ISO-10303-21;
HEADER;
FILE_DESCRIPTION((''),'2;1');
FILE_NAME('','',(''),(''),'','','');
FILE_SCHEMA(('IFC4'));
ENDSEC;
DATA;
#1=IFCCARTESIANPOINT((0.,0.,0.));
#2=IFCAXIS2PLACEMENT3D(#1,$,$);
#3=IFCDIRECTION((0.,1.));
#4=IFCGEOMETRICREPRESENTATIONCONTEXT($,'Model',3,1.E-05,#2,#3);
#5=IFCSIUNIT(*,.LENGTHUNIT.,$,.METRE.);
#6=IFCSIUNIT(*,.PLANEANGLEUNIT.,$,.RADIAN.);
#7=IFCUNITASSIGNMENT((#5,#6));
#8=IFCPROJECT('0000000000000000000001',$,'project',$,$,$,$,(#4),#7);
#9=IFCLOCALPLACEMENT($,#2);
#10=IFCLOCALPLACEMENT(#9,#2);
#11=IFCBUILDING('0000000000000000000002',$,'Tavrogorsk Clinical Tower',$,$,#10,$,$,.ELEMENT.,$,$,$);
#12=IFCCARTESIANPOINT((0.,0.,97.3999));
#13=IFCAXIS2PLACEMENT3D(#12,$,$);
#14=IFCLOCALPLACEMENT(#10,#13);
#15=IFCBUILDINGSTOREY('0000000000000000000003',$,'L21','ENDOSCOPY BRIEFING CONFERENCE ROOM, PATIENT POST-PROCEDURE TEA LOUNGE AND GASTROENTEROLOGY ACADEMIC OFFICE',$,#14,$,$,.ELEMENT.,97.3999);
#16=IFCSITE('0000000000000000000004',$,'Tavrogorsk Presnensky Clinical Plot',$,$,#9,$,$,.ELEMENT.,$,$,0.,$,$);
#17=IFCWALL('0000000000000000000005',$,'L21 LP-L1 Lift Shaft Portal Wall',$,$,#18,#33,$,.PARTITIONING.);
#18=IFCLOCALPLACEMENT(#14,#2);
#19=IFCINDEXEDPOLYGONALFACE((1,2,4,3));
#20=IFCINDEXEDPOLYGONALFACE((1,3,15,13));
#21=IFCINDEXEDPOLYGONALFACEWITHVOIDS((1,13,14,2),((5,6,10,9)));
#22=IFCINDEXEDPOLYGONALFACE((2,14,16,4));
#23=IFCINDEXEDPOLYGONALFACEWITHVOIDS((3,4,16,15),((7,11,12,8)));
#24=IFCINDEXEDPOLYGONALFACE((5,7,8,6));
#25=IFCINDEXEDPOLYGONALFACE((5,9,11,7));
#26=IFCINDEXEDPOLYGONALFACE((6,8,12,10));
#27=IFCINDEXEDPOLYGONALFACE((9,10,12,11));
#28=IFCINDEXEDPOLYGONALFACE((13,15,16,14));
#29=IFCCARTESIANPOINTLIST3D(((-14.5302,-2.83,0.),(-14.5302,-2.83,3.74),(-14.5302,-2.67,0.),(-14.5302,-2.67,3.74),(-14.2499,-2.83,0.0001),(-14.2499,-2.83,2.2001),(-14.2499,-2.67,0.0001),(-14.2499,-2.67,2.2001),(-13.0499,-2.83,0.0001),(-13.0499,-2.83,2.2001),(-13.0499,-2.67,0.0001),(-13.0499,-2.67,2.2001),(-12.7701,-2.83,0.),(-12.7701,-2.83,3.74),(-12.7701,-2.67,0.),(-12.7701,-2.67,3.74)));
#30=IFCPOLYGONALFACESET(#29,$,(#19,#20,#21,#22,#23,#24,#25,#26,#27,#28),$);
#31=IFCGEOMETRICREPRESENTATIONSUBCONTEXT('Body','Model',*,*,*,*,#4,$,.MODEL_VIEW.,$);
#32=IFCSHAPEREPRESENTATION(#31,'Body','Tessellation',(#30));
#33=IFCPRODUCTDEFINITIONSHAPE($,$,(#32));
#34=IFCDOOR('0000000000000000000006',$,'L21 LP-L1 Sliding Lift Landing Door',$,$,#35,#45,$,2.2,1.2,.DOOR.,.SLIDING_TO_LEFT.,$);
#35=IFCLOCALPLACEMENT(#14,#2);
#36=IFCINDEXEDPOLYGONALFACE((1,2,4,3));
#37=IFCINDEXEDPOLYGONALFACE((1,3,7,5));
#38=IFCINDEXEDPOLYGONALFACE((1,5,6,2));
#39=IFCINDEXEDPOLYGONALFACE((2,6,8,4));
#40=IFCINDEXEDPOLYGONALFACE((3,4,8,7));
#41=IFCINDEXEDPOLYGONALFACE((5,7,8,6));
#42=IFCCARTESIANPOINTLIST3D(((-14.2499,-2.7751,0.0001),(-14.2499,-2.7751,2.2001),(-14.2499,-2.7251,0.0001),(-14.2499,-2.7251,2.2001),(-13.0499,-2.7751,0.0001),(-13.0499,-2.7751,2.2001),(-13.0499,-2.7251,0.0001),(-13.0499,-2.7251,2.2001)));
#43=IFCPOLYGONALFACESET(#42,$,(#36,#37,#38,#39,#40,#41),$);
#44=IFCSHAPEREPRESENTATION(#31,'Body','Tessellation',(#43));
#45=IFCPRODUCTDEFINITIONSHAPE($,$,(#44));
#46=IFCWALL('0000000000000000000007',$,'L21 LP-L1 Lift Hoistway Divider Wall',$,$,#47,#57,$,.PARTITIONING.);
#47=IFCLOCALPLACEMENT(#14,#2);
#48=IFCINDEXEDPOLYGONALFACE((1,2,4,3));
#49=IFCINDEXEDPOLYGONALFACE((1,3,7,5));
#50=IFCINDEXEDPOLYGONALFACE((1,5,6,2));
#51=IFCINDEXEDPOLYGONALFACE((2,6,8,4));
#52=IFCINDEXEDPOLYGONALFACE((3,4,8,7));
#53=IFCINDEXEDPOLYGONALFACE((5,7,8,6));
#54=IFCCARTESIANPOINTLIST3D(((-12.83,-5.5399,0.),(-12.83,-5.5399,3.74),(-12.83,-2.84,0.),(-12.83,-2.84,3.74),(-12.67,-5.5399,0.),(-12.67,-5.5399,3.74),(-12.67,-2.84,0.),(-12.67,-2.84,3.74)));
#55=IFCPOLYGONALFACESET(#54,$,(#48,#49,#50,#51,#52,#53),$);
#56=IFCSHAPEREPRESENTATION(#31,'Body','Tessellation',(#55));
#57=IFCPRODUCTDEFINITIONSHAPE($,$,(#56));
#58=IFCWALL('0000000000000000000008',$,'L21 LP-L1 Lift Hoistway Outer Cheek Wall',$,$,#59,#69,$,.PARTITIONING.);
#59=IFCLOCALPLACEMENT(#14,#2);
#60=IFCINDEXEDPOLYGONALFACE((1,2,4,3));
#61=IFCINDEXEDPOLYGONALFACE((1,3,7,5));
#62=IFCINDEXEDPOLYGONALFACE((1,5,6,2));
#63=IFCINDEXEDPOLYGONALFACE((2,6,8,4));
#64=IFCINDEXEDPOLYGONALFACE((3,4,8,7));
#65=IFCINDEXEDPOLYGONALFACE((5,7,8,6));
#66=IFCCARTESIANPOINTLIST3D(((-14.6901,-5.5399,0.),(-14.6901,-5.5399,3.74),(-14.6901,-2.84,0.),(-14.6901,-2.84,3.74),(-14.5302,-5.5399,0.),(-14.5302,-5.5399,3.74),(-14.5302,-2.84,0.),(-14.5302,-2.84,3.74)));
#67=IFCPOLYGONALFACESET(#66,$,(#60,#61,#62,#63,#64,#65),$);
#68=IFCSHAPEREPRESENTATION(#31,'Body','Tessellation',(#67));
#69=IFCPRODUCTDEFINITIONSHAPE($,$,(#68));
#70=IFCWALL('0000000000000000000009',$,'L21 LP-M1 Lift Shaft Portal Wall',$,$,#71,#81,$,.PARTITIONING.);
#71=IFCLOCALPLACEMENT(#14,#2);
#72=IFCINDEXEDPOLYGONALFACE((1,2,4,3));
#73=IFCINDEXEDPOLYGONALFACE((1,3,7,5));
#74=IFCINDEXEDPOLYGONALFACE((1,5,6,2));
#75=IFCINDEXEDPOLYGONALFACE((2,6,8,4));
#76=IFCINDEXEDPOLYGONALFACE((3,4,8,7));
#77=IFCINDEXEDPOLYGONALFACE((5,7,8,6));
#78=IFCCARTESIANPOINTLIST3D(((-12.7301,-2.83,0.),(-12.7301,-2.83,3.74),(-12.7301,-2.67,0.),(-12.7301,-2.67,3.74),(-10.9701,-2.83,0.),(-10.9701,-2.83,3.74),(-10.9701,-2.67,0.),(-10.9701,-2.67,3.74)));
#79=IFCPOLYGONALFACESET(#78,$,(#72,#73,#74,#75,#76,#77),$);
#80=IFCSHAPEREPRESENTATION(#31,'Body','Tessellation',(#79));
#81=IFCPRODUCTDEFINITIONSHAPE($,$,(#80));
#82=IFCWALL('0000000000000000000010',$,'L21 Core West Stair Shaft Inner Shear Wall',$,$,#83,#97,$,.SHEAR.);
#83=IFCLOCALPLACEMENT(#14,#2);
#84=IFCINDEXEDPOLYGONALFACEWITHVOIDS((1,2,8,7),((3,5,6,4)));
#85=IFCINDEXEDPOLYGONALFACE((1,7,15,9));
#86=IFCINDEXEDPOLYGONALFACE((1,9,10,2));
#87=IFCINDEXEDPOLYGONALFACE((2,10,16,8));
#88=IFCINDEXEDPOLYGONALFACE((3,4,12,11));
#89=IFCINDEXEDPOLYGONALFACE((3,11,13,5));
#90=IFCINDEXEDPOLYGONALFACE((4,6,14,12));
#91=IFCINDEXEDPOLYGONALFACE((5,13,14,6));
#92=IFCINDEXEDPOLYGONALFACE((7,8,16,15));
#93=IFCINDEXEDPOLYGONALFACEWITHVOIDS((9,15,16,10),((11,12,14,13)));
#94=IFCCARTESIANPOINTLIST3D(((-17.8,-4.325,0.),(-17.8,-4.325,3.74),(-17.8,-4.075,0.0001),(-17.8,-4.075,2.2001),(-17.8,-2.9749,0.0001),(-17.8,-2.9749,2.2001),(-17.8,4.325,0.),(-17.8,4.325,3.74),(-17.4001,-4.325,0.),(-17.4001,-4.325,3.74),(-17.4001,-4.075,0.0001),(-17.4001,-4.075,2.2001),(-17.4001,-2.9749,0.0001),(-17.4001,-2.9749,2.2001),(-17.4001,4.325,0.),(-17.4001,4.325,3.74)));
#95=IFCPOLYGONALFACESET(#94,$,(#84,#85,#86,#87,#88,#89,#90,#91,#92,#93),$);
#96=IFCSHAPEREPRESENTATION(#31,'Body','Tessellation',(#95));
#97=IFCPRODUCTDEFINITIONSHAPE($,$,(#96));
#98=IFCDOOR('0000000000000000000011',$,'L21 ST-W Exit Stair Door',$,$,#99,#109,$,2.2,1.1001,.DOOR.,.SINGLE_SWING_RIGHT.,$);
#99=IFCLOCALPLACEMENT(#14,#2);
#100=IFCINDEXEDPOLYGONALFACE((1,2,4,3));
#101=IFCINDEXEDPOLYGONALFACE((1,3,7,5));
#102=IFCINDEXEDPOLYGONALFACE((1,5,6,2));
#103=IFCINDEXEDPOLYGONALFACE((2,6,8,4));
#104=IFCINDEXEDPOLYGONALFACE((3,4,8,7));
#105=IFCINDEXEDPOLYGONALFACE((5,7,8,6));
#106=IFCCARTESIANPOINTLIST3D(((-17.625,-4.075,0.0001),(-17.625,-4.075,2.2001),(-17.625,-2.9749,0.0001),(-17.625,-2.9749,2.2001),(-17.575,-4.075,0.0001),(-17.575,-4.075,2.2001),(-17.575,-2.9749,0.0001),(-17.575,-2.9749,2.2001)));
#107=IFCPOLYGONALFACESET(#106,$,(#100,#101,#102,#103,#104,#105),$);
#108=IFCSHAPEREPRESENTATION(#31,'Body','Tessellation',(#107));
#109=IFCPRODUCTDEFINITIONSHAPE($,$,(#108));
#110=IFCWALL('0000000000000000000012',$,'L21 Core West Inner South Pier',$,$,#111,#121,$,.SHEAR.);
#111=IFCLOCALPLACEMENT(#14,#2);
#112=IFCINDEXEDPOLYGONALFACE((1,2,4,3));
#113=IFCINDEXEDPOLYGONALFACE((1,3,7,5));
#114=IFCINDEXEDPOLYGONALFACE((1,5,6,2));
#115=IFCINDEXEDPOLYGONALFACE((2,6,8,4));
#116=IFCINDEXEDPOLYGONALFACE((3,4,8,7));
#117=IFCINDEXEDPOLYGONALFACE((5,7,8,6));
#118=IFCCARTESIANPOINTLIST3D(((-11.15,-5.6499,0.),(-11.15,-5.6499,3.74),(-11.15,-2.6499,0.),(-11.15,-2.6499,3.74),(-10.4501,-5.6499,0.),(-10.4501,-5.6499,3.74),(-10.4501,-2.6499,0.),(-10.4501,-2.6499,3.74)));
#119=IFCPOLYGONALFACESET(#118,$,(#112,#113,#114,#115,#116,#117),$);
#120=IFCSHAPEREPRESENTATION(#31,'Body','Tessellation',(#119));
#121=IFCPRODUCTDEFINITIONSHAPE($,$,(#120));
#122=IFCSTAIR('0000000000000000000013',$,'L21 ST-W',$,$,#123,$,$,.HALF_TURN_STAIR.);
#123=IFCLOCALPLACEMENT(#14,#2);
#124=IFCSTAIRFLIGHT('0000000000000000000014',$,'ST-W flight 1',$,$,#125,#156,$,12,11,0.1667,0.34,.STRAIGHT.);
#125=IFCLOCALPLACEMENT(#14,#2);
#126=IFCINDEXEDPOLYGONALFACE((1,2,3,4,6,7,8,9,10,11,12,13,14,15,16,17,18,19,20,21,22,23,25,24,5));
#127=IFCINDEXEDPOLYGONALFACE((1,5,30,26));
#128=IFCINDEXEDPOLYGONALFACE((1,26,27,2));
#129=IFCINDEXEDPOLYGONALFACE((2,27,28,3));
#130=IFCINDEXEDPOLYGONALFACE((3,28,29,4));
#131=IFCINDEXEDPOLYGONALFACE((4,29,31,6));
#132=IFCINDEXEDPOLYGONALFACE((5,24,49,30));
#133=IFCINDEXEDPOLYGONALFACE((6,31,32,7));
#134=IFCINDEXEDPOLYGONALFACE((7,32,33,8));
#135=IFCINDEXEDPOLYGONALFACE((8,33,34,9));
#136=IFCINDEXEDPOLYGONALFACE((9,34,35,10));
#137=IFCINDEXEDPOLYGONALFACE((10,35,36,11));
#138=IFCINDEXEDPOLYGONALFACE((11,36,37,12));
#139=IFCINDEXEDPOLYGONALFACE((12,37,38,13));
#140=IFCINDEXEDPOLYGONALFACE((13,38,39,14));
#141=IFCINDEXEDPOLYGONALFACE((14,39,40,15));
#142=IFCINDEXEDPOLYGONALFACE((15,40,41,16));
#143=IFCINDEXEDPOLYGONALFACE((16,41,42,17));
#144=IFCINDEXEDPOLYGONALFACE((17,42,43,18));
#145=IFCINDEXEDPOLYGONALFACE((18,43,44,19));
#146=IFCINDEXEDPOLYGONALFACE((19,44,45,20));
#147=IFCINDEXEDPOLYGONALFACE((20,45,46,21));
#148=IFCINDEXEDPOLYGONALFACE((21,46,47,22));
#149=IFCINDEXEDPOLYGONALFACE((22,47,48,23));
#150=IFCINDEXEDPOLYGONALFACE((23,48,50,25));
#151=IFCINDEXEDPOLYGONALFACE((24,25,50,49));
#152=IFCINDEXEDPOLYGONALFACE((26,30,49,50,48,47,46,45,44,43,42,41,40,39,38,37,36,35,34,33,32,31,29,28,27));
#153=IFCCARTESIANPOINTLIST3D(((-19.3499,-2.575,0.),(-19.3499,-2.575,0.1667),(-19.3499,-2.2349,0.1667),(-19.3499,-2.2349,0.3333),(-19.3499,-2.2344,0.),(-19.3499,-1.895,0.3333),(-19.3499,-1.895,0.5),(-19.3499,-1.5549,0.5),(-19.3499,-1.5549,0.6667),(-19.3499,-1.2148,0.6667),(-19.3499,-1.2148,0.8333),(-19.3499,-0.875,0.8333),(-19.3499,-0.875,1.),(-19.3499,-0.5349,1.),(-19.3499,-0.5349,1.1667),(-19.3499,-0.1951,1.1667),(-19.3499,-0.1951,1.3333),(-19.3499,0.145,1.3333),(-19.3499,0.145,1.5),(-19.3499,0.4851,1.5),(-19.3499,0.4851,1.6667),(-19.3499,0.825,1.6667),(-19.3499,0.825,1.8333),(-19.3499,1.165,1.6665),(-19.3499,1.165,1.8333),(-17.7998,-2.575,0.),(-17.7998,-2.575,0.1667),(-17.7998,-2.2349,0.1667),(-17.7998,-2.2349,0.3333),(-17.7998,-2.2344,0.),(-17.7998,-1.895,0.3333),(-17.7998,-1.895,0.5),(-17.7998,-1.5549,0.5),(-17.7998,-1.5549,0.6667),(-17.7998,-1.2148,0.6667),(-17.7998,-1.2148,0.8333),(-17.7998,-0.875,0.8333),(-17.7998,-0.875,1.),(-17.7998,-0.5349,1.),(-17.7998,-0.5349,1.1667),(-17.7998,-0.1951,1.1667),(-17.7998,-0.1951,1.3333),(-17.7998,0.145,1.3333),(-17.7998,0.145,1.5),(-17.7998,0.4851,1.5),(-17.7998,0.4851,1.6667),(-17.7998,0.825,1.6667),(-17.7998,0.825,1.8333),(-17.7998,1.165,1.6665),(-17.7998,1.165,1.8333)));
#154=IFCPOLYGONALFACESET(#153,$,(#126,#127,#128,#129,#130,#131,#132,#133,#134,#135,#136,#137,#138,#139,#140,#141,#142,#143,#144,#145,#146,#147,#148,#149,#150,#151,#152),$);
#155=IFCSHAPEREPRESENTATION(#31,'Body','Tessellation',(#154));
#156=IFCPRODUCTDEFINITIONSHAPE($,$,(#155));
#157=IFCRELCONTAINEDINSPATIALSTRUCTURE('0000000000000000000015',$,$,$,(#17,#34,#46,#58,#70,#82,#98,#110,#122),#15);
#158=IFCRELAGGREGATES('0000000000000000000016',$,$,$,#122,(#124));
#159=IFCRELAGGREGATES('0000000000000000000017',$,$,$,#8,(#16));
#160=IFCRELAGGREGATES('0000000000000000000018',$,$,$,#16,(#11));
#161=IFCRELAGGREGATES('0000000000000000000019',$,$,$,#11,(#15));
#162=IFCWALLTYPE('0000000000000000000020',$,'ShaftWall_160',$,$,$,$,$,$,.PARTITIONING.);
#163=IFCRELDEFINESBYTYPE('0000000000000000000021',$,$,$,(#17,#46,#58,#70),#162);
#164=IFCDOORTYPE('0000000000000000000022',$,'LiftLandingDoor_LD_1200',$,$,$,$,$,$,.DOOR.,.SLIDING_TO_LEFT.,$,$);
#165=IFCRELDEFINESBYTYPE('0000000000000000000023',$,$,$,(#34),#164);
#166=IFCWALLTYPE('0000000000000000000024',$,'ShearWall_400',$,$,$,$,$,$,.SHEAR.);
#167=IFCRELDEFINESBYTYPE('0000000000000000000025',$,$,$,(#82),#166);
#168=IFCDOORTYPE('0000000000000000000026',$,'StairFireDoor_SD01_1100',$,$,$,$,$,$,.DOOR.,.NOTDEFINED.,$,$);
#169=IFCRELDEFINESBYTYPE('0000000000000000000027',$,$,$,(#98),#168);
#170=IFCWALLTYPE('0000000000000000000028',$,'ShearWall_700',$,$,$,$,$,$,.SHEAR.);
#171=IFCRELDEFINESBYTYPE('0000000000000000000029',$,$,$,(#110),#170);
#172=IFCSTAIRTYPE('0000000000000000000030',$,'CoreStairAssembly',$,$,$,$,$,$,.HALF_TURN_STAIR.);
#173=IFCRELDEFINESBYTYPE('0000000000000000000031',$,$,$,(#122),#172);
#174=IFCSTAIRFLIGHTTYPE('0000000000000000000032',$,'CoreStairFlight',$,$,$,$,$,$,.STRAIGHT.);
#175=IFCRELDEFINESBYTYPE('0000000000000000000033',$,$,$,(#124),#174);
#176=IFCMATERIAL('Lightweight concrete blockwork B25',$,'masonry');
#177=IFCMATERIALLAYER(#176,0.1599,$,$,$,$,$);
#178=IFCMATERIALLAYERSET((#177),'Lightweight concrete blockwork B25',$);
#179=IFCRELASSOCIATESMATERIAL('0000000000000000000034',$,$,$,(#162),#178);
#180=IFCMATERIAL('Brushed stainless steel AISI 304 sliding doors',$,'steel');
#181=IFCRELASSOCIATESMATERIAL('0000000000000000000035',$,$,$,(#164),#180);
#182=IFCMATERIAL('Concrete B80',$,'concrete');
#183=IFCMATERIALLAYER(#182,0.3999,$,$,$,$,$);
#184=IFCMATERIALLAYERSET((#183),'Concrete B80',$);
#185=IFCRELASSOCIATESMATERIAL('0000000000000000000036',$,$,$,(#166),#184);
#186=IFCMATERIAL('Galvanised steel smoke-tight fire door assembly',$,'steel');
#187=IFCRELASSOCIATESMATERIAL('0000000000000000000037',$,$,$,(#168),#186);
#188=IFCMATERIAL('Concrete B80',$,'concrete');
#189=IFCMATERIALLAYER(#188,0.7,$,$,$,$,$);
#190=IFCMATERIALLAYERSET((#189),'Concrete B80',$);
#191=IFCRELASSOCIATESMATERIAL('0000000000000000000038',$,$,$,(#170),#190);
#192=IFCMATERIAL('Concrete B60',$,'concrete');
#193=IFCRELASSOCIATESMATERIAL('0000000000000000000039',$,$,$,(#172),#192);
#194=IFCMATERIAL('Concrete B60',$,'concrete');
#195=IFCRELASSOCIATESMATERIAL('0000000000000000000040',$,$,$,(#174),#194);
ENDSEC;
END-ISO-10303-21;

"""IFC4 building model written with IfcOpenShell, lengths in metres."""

from ifc_helpers import new_model, si_unit, direction, frame, frame_2d, origin, place, context, subcontext, project, spatial, polyline, rectangle, outline, extrude, material, layer, layer_set, type_object, element, fill, aggregate, save


model = new_model("IFC4")

# Units and contexts
model_context = context("Model", 3, precision=1e-05, world=origin(), true_north=direction((0.0, 1.0)))
body_context = subcontext(model_context, "Body", "Model", "MODEL_VIEW")
ifc_project = project(units=[si_unit("LENGTHUNIT", "METRE"), si_unit("PLANEANGLEUNIT", "RADIAN")], contexts=[model_context])

# Site, building, storey
site_placement = place(None, origin())
site = spatial("IfcSite", under=ifc_project, at=site_placement, Name="Tavrogorsk Presnensky Clinical Plot", CompositionType="ELEMENT", RefElevation=0.0)
building_placement = place(site_placement, origin())
building = spatial("IfcBuilding", under=site, at=building_placement, Name="Tavrogorsk Clinical Tower", CompositionType="ELEMENT")
storey_placement = place(building_placement, frame((0.0, 0.0, 97.3999)))
storey = spatial("IfcBuildingStorey", under=building, at=storey_placement, Name="L21", Description="ENDOSCOPY BRIEFING CONFERENCE ROOM, PATIENT POST-PROCEDURE TEA LOUNGE AND GASTROENTEROLOGY ACADEMIC OFFICE", CompositionType="ELEMENT", Elevation=97.3999)

# Wall, opening, door
ifc_material_1 = material(Name="Lightweight concrete blockwork B25", Category="masonry")
ifc_layer_1 = layer(ifc_material_1, 0.1599)
ifc_layer_set_1 = layer_set([ifc_layer_1], Name="Lightweight concrete blockwork B25")
wall_type_1 = type_object("IfcWallType", Name="ShaftWall_160", PredefinedType="PARTITIONING", material=ifc_layer_set_1)
wall_1_placement = place(storey_placement, frame((-14.53, -2.75, 0.0), z_axis=(0.0, 0.0, 1.0), x_axis=(1.0, 0.0, 0.0)))
wall_1 = element("IfcWall", 1, at=wall_1_placement, inside=storey, type_object=wall_type_1, Name="L21 LP-L1 Lift Shaft Portal Wall", PredefinedType="PARTITIONING", context=body_context, shape_type="SweptSolid", body=[
    extrude(rectangle(XDim=1.76, YDim=0.1599, at=frame_2d((0.8799, 0.0))), origin(), (0.0, 0.0, 1.0), 3.74),
])
opening_1_placement = place(wall_1_placement, frame((0.28, 0.0, 0.0)))
opening_1 = element("IfcOpeningElement", 2, at=opening_1_placement, cuts=wall_1, PredefinedType="OPENING", context=body_context, shape_type="SweptSolid", body=[
    extrude(rectangle(XDim=1.2, YDim=2.2, at=frame_2d((0.6001, 1.1001))), frame((0.0, 0.0898, 0.0), z_axis=(0.0, -1.0, 0.0), x_axis=(1.0, 0.0, 0.0)), (0.0, 0.0, 1.0), 0.1799),
])
ifc_material_2 = material(Name="Brushed stainless steel AISI 304 sliding doors", Category="steel")
door_type_1 = type_object("IfcDoorType", Name="LiftLandingDoor_LD_1200", OperationType="SLIDING_TO_LEFT", PredefinedType="DOOR", material=ifc_material_2)
door_1_placement = place(opening_1_placement, origin())
door_1 = element("IfcDoor", 3, at=door_1_placement, inside=storey, type_object=door_type_1, Name="L21 LP-L1 Sliding Lift Landing Door", OperationType="SLIDING_TO_LEFT", OverallHeight=2.2, OverallWidth=1.2, PredefinedType="DOOR", context=body_context, shape_type="SweptSolid", body=[
    extrude(rectangle(XDim=1.2, YDim=2.2, at=frame_2d((0.6001, 1.1001))), frame((0.0, 0.0249, 0.0), z_axis=(0.0, -1.0, 0.0), x_axis=(1.0, 0.0, 0.0)), (0.0, 0.0, 1.0), 0.05),
])
fill(opening_1, door_1)

# Walls
for number, where, z_axis, x_axis, name in (
    (4, (-12.75, -5.54, 0.0), (0.0, 0.0, 1.0), (0.0, 1.0, 0.0), "L21 LP-L1 Lift Hoistway Divider Wall"),
    (5, (-14.6101, -5.54, 0.0), (0.0, 0.0, 1.0), (0.0, 1.0, 0.0), "L21 LP-L1 Lift Hoistway Outer Cheek Wall"),
):
    element("IfcWall", number, at=place(storey_placement, frame(where, z_axis=z_axis, x_axis=x_axis)), inside=storey, type_object=wall_type_1, Name=name, PredefinedType="PARTITIONING", context=body_context, shape_type="SweptSolid", body=[
        extrude(rectangle(XDim=2.7, YDim=0.1599, at=frame_2d((1.3501, 0.0))), origin(), (0.0, 0.0, 1.0), 3.74),
    ])
wall_2_placement = place(storey_placement, frame((-12.73, -2.75, 0.0), z_axis=(0.0, 0.0, 1.0), x_axis=(1.0, 0.0, 0.0)))
element("IfcWall", 6, at=wall_2_placement, inside=storey, type_object=wall_type_1, Name="L21 LP-M1 Lift Shaft Portal Wall", PredefinedType="PARTITIONING", context=body_context, shape_type="SweptSolid", body=[
    extrude(rectangle(XDim=1.76, YDim=0.1599, at=frame_2d((0.8799, 0.0))), origin(), (0.0, 0.0, 1.0), 3.74),
])

# Wall, opening, door
ifc_material_3 = material(Name="Concrete B80", Category="concrete")
ifc_layer_2 = layer(ifc_material_3, 0.3999)
ifc_layer_set_2 = layer_set([ifc_layer_2], Name="Concrete B80")
wall_type_2 = type_object("IfcWallType", Name="ShearWall_400", PredefinedType="SHEAR", material=ifc_layer_set_2)
wall_3_placement = place(storey_placement, frame((-17.6001, -4.325, 0.0), z_axis=(0.0, 0.0, 1.0), x_axis=(0.0, 1.0, 0.0)))
wall_3 = element("IfcWall", 7, at=wall_3_placement, inside=storey, type_object=wall_type_2, Name="L21 Core West Stair Shaft Inner Shear Wall", PredefinedType="SHEAR", context=body_context, shape_type="SweptSolid", body=[
    extrude(rectangle(XDim=8.6499, YDim=0.3999, at=frame_2d((4.325, 0.0))), origin(), (0.0, 0.0, 1.0), 3.74),
])
opening_2_placement = place(wall_3_placement, frame((0.25, 0.0, 0.0)))
opening_2 = element("IfcOpeningElement", 8, at=opening_2_placement, cuts=wall_3, PredefinedType="OPENING", context=body_context, shape_type="SweptSolid", body=[
    extrude(rectangle(XDim=1.1001, YDim=2.2, at=frame_2d((0.55, 1.1001))), frame((0.0, 0.21, 0.0), z_axis=(0.0, -1.0, 0.0), x_axis=(1.0, 0.0, 0.0)), (0.0, 0.0, 1.0), 0.4199),
])
ifc_material_4 = material(Name="Galvanised steel smoke-tight fire door assembly", Category="steel")
door_type_2 = type_object("IfcDoorType", Name="StairFireDoor_SD01_1100", OperationType="NOTDEFINED", PredefinedType="DOOR", material=ifc_material_4)
door_2_placement = place(opening_2_placement, origin())
door_2 = element("IfcDoor", 9, at=door_2_placement, inside=storey, type_object=door_type_2, Name="L21 ST-W Exit Stair Door", OperationType="SINGLE_SWING_RIGHT", OverallHeight=2.2, OverallWidth=1.1001, PredefinedType="DOOR", context=body_context, shape_type="SweptSolid", body=[
    extrude(rectangle(XDim=1.1001, YDim=2.2, at=frame_2d((0.55, 1.1001))), frame((0.0, 0.0249, 0.0), z_axis=(0.0, -1.0, 0.0), x_axis=(1.0, 0.0, 0.0)), (0.0, 0.0, 1.0), 0.05),
])
fill(opening_2, door_2)

# Wall
ifc_material_5 = material(Name="Concrete B80", Category="concrete")
ifc_layer_3 = layer(ifc_material_5, 0.7)
ifc_layer_set_3 = layer_set([ifc_layer_3], Name="Concrete B80")
wall_type_3 = type_object("IfcWallType", Name="ShearWall_700", PredefinedType="SHEAR", material=ifc_layer_set_3)
wall_4_placement = place(storey_placement, frame((-10.8, -5.6499, 0.0), z_axis=(0.0, 0.0, 1.0), x_axis=(0.0, 1.0, 0.0)))
element("IfcWall", 10, at=wall_4_placement, inside=storey, type_object=wall_type_3, Name="L21 Core West Inner South Pier", PredefinedType="SHEAR", context=body_context, shape_type="SweptSolid", body=[
    extrude(rectangle(XDim=3.0, YDim=0.7, at=frame_2d((1.5, 0.0))), origin(), (0.0, 0.0, 1.0), 3.74),
])

# Stair, stair flight
ifc_material_6 = material(Name="Concrete B60", Category="concrete")
stair_type = type_object("IfcStairType", Name="CoreStairAssembly", PredefinedType="HALF_TURN_STAIR", material=ifc_material_6)
stair_placement = place(storey_placement, origin())
stair = element("IfcStair", 11, at=stair_placement, inside=storey, type_object=stair_type, Name="L21 ST-W", PredefinedType="HALF_TURN_STAIR")
ifc_material_7 = material(Name="Concrete B60", Category="concrete")
stair_flight_type = type_object("IfcStairFlightType", Name="CoreStairFlight", PredefinedType="STRAIGHT", material=ifc_material_7)
stair_flight_placement = place(storey_placement, frame((-18.575, -2.575, 0.0), z_axis=(0.0, 0.0, 1.0), x_axis=(0.0, 1.0, 0.0)))
stair_flight = element("IfcStairFlight", 12, at=stair_flight_placement, type_object=stair_flight_type, Name="ST-W flight 1", NumberOfRisers=12, NumberOfTreads=11, PredefinedType="STRAIGHT", RiserHeight=0.1667, TreadLength=0.34, context=body_context, shape_type="SweptSolid", body=[
    extrude(outline(polyline([(0.0, 0.0), (0.0, 0.1667), (0.3401, 0.1667), (0.3401, 0.3333), (0.6799, 0.3333), (0.6799, 0.5), (1.02, 0.5), (1.02, 0.6667), (1.3601, 0.6667), (1.3601, 0.8333), (1.7, 0.8333), (1.7, 1.0), (2.04, 1.0), (2.04, 1.1667), (2.3799, 1.1667), (2.3799, 1.3333), (2.72, 1.3333), (2.72, 1.5), (3.0601, 1.5), (3.0601, 1.6667), (3.3999, 1.6667), (3.3999, 1.8333), (3.74, 1.8333), (3.74, 2.0), (3.74, 1.6665), (0.3406, 0.0), (0.0, 0.0)])), frame((0.0, 0.7749, 0.0), z_axis=(0.0, -1.0, 0.0), x_axis=(1.0, 0.0, 0.0)), (0.0, 0.0, 1.0), 1.55),
])
aggregate(stair, [stair_flight])

save(model, "model.ifc")
